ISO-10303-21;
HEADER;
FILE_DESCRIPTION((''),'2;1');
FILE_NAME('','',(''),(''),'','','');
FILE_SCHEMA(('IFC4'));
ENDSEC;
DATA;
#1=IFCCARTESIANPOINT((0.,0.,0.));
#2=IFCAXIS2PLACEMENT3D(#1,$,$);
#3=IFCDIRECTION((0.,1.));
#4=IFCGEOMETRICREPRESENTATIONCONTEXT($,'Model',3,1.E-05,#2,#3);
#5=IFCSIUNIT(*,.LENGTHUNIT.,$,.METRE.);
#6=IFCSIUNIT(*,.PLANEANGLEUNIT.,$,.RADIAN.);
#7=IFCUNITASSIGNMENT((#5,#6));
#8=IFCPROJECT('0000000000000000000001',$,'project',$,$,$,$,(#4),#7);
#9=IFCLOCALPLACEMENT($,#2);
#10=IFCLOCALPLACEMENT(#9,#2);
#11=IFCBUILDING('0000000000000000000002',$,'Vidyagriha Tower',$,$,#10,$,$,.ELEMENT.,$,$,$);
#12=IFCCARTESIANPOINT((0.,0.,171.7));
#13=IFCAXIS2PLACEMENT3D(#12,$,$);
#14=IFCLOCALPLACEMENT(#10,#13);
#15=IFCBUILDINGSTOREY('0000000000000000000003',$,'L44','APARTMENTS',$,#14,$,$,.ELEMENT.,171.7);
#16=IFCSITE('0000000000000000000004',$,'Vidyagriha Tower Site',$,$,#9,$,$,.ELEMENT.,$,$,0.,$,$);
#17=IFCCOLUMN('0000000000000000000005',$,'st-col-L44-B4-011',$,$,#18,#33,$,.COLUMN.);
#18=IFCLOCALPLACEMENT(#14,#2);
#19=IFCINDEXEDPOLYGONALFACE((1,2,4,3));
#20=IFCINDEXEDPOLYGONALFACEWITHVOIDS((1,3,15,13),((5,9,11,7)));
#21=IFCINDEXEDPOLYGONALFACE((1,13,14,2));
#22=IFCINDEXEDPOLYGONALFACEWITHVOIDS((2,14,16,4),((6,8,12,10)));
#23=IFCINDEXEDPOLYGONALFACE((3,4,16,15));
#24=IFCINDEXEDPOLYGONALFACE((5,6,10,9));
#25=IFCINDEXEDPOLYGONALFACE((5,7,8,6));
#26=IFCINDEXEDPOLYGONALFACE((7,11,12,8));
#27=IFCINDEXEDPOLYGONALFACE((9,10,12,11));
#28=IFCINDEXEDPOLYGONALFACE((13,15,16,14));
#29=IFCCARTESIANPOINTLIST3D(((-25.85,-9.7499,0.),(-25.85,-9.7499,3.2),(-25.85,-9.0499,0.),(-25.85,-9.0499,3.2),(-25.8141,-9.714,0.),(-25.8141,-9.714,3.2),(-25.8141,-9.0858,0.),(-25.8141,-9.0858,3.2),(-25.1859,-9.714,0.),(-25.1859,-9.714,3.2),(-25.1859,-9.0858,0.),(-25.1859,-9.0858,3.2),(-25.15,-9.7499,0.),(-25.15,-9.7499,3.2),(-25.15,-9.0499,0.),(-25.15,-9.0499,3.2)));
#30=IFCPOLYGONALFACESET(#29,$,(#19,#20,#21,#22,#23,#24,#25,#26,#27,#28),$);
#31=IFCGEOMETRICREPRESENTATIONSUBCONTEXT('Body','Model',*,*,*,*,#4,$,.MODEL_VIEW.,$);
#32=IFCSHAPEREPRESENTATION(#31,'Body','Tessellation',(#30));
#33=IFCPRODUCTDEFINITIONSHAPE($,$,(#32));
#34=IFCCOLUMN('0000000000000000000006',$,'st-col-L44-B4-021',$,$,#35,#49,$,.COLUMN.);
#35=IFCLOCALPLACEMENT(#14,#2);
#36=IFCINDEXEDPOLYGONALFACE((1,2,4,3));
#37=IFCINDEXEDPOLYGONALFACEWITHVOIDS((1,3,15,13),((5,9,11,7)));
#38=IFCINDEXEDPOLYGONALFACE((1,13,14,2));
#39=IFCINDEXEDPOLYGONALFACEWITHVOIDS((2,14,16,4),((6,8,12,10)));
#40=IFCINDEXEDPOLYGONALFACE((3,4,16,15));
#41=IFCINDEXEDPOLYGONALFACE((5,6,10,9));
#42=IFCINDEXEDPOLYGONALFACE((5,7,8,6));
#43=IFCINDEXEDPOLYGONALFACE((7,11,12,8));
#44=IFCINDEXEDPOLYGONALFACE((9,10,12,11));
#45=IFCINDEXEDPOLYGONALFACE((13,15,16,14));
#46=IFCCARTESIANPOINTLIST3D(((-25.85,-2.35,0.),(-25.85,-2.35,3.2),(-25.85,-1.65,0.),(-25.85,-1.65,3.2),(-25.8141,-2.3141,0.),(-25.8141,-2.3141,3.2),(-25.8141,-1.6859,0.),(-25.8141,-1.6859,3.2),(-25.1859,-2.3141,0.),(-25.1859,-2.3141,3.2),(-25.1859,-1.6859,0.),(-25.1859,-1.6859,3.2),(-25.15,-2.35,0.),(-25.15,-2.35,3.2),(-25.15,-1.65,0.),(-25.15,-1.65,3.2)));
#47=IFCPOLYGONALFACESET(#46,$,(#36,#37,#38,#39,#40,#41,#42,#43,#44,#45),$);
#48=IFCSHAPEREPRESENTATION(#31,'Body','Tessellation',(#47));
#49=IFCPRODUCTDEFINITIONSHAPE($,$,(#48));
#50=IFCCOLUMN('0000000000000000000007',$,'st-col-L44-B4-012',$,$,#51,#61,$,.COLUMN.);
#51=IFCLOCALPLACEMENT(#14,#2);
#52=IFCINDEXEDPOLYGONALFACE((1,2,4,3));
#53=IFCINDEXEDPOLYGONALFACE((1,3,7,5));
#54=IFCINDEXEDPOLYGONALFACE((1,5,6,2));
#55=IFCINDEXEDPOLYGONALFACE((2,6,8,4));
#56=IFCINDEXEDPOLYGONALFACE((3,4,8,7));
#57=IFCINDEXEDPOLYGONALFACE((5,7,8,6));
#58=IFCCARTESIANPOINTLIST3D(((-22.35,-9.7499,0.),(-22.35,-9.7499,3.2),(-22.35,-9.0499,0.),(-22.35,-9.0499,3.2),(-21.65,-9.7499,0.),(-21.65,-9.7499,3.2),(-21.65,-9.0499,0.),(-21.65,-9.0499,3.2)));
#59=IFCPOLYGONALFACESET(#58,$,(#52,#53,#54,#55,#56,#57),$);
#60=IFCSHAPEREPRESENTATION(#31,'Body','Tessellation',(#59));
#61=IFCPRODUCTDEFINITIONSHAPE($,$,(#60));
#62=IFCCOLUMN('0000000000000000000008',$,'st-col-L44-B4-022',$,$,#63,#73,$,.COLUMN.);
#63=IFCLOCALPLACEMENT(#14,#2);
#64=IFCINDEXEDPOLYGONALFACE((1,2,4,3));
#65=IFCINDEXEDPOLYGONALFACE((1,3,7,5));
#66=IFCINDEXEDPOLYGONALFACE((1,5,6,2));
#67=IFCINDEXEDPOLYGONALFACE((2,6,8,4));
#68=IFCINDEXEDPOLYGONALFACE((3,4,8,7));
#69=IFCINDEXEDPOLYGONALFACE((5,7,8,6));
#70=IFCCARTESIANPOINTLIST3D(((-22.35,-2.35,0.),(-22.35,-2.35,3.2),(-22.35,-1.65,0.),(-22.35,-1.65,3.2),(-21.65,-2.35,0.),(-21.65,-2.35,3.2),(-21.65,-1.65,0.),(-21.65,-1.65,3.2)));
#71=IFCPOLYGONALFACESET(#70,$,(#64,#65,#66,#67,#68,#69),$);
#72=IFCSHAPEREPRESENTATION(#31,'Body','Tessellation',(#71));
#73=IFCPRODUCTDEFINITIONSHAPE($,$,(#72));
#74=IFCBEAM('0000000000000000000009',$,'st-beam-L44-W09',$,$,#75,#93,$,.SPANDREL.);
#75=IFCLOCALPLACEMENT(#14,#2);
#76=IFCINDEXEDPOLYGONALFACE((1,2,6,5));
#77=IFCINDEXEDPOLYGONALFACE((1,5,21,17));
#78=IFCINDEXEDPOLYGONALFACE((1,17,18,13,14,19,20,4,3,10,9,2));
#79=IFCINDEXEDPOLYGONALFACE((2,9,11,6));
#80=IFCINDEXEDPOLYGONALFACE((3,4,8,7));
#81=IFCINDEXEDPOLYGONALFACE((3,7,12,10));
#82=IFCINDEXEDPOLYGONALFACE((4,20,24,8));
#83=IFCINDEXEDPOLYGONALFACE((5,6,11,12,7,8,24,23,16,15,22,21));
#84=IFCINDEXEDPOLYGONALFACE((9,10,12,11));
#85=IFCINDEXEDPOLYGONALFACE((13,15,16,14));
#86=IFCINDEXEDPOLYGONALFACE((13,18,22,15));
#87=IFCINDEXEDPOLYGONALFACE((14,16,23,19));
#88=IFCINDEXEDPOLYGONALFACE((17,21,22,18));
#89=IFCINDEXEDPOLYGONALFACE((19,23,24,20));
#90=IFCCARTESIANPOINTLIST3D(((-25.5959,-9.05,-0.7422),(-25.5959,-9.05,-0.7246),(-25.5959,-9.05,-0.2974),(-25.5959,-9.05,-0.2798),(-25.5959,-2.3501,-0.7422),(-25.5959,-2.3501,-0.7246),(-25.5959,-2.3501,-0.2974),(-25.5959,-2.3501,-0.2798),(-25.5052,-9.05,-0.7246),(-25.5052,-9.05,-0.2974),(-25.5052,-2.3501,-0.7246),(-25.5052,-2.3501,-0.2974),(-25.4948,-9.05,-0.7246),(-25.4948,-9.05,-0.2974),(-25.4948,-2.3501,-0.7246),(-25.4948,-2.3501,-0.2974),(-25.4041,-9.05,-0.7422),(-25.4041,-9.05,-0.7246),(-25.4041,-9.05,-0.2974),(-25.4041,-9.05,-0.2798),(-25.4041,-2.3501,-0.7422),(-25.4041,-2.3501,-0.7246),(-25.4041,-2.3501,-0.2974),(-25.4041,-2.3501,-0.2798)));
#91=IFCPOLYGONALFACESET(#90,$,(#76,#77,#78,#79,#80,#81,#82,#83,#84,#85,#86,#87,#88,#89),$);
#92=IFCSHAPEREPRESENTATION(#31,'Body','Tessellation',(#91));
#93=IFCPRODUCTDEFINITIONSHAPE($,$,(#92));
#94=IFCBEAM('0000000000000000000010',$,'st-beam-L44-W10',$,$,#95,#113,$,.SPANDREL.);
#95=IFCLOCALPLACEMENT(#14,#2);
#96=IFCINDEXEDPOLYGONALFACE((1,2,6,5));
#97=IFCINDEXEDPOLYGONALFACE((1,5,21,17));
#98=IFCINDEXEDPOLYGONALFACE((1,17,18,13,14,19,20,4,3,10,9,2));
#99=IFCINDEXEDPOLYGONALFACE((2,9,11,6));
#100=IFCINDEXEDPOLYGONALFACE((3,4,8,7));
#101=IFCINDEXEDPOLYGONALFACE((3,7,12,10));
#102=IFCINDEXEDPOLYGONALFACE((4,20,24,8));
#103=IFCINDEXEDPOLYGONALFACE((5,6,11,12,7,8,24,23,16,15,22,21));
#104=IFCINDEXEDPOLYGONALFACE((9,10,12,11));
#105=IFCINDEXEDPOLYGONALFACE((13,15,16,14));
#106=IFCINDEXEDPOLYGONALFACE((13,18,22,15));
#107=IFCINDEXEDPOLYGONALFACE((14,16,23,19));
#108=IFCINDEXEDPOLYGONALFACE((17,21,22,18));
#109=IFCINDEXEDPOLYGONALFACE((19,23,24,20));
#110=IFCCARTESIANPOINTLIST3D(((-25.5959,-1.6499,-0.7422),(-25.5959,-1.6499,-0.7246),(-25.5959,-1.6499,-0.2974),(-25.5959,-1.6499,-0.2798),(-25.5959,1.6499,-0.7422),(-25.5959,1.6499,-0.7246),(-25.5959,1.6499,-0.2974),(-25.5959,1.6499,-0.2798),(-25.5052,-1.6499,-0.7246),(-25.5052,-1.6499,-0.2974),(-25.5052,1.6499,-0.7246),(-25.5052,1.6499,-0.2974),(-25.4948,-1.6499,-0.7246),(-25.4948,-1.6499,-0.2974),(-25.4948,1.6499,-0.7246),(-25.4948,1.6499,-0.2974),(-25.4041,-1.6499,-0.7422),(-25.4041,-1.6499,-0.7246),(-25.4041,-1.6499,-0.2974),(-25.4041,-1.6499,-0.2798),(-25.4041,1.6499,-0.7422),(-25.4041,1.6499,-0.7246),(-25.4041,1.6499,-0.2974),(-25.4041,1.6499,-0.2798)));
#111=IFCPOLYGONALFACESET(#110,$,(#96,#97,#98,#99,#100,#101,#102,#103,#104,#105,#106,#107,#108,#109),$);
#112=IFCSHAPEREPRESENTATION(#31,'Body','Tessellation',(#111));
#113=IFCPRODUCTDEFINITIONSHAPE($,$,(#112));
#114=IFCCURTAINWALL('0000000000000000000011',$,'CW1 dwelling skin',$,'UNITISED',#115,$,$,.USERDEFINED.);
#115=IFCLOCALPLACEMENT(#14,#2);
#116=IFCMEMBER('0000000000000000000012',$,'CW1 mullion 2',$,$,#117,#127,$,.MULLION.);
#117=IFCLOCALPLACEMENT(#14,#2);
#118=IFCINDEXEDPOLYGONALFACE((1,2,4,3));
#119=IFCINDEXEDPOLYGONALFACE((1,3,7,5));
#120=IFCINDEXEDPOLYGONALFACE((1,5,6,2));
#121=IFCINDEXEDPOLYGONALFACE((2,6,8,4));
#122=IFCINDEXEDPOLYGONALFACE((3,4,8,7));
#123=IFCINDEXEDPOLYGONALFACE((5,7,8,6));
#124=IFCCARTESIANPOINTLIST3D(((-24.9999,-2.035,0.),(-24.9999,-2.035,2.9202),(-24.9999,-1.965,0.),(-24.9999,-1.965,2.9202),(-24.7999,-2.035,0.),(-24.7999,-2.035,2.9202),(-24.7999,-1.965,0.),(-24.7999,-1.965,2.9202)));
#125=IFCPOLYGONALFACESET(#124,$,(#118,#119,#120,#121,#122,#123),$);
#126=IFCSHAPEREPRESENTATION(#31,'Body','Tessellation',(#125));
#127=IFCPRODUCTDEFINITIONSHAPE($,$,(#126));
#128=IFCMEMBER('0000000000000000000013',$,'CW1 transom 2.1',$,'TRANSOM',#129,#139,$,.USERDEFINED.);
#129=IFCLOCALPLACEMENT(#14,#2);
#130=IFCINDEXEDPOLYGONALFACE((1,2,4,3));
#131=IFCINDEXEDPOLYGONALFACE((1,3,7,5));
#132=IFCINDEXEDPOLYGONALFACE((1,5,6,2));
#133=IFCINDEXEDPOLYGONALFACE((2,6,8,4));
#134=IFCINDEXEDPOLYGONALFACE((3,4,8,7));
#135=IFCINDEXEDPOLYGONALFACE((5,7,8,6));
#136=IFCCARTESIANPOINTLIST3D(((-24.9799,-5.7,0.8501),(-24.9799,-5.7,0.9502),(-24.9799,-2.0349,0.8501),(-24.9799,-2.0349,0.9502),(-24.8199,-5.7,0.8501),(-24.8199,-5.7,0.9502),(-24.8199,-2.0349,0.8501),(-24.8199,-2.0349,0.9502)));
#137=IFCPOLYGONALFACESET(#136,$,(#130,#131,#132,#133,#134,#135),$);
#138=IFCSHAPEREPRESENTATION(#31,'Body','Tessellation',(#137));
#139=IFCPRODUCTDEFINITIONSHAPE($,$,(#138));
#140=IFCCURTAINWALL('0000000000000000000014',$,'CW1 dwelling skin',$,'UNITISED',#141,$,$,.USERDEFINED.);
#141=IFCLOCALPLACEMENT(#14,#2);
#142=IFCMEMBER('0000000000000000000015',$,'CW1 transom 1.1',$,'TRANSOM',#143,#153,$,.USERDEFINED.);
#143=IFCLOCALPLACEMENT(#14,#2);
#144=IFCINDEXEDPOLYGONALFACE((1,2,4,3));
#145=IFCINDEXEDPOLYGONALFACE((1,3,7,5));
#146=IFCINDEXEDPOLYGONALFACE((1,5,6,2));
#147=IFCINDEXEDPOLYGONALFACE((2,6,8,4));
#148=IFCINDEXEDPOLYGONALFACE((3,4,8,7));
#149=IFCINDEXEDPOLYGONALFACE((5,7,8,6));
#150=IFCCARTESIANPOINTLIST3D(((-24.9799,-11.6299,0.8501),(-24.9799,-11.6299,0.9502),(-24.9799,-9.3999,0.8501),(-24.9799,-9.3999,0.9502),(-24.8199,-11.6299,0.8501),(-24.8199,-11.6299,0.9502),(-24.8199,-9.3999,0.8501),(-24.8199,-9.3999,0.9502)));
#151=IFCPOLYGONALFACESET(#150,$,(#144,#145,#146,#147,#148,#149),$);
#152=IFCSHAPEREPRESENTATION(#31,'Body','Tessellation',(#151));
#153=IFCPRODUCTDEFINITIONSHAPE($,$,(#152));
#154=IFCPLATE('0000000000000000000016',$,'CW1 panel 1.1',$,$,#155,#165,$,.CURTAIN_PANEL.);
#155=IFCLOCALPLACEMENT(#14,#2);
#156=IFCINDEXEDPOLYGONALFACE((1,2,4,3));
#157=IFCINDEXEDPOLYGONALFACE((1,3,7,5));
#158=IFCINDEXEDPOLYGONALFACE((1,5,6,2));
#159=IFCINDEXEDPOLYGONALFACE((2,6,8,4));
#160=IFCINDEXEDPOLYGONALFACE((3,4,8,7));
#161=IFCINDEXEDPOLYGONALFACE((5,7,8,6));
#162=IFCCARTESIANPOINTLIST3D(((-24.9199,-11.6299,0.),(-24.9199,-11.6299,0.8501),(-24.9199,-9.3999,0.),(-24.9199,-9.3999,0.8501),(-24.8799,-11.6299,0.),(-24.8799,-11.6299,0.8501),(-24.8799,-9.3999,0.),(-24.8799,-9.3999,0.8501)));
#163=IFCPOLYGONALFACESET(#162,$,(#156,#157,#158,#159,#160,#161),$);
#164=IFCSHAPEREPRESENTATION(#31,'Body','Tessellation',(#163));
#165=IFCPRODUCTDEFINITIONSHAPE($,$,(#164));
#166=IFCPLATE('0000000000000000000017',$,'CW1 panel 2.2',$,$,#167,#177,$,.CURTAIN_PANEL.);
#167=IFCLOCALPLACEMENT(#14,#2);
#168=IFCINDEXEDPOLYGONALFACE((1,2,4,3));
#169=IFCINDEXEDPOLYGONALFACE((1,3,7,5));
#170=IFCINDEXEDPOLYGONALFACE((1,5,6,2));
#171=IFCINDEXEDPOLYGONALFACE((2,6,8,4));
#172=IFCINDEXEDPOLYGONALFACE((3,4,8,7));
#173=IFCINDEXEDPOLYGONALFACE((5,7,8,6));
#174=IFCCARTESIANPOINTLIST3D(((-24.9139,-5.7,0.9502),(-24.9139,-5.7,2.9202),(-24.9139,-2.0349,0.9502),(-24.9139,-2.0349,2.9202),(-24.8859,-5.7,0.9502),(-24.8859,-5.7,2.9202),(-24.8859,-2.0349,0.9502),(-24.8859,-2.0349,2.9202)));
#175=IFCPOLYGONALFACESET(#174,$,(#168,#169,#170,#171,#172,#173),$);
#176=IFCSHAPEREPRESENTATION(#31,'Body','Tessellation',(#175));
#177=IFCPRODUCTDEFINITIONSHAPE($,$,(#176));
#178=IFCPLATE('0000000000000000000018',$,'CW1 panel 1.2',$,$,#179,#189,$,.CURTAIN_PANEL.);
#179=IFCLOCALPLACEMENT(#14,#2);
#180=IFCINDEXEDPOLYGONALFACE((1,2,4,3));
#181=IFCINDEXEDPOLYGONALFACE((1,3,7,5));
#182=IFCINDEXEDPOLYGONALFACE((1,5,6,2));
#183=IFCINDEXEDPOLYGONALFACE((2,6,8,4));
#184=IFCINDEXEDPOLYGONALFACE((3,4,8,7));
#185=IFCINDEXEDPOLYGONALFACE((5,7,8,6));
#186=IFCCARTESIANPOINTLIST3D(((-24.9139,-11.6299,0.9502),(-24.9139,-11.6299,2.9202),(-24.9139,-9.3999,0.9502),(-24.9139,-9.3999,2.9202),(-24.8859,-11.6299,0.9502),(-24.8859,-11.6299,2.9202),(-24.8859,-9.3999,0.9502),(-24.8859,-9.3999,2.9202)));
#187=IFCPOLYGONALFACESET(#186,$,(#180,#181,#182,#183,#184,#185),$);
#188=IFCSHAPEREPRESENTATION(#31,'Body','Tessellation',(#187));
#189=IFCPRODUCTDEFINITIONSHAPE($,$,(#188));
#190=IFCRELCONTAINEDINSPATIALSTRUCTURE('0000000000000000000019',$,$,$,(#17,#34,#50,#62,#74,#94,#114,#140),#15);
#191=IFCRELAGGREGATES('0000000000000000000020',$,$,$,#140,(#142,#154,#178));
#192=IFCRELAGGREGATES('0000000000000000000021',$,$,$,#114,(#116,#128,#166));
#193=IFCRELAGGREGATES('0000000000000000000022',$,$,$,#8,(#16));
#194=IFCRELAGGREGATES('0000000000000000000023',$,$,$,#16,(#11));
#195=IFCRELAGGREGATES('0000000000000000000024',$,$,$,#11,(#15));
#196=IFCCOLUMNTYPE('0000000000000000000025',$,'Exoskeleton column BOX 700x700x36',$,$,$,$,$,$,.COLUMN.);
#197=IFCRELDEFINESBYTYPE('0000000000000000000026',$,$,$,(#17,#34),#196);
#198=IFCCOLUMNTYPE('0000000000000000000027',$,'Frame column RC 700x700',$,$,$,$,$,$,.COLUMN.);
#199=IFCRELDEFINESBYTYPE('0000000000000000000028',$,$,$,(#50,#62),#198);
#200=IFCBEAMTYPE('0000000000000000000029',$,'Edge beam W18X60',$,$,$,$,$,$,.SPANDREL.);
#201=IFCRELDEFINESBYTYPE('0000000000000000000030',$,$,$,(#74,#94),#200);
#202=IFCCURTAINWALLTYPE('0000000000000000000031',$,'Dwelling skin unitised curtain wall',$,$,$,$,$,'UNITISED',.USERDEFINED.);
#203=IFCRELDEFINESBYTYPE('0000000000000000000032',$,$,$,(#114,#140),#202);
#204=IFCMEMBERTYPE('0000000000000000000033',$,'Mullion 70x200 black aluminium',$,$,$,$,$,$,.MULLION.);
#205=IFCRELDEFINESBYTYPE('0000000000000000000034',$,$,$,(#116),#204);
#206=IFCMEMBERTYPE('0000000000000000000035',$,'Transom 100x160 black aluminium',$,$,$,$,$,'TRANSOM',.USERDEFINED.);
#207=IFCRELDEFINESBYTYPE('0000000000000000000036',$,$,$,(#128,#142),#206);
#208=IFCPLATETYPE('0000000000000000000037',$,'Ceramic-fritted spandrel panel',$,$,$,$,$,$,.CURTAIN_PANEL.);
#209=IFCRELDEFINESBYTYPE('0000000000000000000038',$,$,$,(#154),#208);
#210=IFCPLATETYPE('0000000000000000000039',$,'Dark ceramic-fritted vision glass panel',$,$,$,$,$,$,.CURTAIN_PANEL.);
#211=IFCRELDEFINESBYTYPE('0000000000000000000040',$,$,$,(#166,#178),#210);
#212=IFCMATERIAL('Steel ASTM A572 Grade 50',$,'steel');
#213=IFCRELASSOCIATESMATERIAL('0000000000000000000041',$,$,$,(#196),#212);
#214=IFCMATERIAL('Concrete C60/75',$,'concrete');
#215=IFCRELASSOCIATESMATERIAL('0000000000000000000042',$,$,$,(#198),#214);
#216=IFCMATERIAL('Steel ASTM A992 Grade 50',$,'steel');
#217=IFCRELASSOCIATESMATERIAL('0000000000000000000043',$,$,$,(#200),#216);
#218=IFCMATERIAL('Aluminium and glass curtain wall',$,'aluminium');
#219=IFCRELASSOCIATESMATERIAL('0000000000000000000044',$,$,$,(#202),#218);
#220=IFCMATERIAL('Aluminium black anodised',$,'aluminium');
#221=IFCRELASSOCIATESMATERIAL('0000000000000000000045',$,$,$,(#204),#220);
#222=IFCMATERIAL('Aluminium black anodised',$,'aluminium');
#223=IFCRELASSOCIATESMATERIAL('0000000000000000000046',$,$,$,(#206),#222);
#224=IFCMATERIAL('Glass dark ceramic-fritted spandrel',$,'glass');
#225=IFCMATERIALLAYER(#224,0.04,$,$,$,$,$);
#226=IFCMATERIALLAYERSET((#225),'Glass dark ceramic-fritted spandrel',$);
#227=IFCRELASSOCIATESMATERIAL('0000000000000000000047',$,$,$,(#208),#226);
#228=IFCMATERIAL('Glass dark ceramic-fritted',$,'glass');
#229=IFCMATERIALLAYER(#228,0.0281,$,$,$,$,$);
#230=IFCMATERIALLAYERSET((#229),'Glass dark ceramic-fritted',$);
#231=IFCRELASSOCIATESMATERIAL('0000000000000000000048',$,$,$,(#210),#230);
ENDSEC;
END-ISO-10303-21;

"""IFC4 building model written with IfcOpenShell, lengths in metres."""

from ifc_helpers import new_model, si_unit, direction, frame, origin, origin_2d, place, context, subcontext, project, spatial, rectangle, hollow_rectangle, i_section, extrude, material, layer, layer_set, material_profile, profile_set, type_object, element, aggregate, save


model = new_model("IFC4")

# Units and contexts
model_context = context("Model", 3, precision=1e-05, world=origin(), true_north=direction((0.0, 1.0)))
body_context = subcontext(model_context, "Body", "Model", "MODEL_VIEW")
ifc_project = project(units=[si_unit("LENGTHUNIT", "METRE"), si_unit("PLANEANGLEUNIT", "RADIAN")], contexts=[model_context])

# Site, building, storey
site_placement = place(None, origin())
site = spatial("IfcSite", under=ifc_project, at=site_placement, Name="Vidyagriha Tower Site", CompositionType="ELEMENT", RefElevation=0.0)
building_placement = place(site_placement, origin())
building = spatial("IfcBuilding", under=site, at=building_placement, Name="Vidyagriha Tower", CompositionType="ELEMENT")
storey_placement = place(building_placement, frame((0.0, 0.0, 171.7)))
storey = spatial("IfcBuildingStorey", under=building, at=storey_placement, Name="L44", Description="APARTMENTS", CompositionType="ELEMENT", Elevation=171.7)

# Columns
ifc_material_1 = material(Name="Steel ASTM A572 Grade 50", Category="steel")
ifc_material_profile_1 = material_profile(ifc_material_1, hollow_rectangle(XDim=0.7, YDim=0.7, WallThickness=0.0359, at=origin_2d()), Name="BOX 700x700x36")
ifc_profile_set_1 = profile_set([ifc_material_profile_1], Name="Steel ASTM A572 Grade 50")
column_type_1 = type_object("IfcColumnType", Name="Exoskeleton column BOX 700x700x36", PredefinedType="COLUMN", material=ifc_profile_set_1)
for number, where, name in (
    (1, (-25.5, -9.3999, 0.0), "st-col-L44-B4-011"),
    (2, (-25.5, -2.0, 0.0), "st-col-L44-B4-021"),
):
    element("IfcColumn", number, at=place(storey_placement, frame(where)), inside=storey, type_object=column_type_1, Name=name, PredefinedType="COLUMN", context=body_context, shape_type="SweptSolid", body=[
        extrude(hollow_rectangle(XDim=0.7, YDim=0.7, WallThickness=0.0359, at=origin_2d()), origin(), (0.0, 0.0, 1.0), 3.2),
    ])
ifc_material_2 = material(Name="Concrete C60/75", Category="concrete")
ifc_material_profile_2 = material_profile(ifc_material_2, rectangle(XDim=0.7, YDim=0.7, at=origin_2d()), Name="RC 700x700")
ifc_profile_set_2 = profile_set([ifc_material_profile_2], Name="Concrete C60/75")
column_type_2 = type_object("IfcColumnType", Name="Frame column RC 700x700", PredefinedType="COLUMN", material=ifc_profile_set_2)
for number, where, name in (
    (3, (-22.0, -9.3999, 0.0), "st-col-L44-B4-012"),
    (4, (-22.0, -2.0, 0.0), "st-col-L44-B4-022"),
):
    element("IfcColumn", number, at=place(storey_placement, frame(where)), inside=storey, type_object=column_type_2, Name=name, PredefinedType="COLUMN", context=body_context, shape_type="SweptSolid", body=[
        extrude(rectangle(XDim=0.7, YDim=0.7, at=origin_2d()), origin(), (0.0, 0.0, 1.0), 3.2),
    ])

# Beams
ifc_material_3 = material(Name="Steel ASTM A992 Grade 50", Category="steel")
ifc_material_profile_3 = material_profile(ifc_material_3, i_section(OverallWidth=0.1919, OverallDepth=0.4624, WebThickness=0.0105, FlangeThickness=0.0176, at=origin_2d()), Name="W18X60")
ifc_profile_set_3 = profile_set([ifc_material_profile_3], Name="Steel ASTM A992 Grade 50")
beam_type = type_object("IfcBeamType", Name="Edge beam W18X60", PredefinedType="SPANDREL", material=ifc_profile_set_3)
beam_1_placement = place(storey_placement, frame((-25.5, -9.05, -0.511), z_axis=(0.0, 1.0, 0.0), x_axis=(-1.0, 0.0, 0.0)))
element("IfcBeam", 5, at=beam_1_placement, inside=storey, type_object=beam_type, Name="st-beam-L44-W09", PredefinedType="SPANDREL", context=body_context, shape_type="SweptSolid", body=[
    extrude(i_section(OverallWidth=0.1919, OverallDepth=0.4624, WebThickness=0.0105, FlangeThickness=0.0176, at=origin_2d()), origin(), (0.0, 0.0, 1.0), 6.7),
])
beam_2_placement = place(storey_placement, frame((-25.5, -1.6499, -0.511), z_axis=(0.0, 1.0, 0.0), x_axis=(-1.0, 0.0, 0.0)))
element("IfcBeam", 6, at=beam_2_placement, inside=storey, type_object=beam_type, Name="st-beam-L44-W10", PredefinedType="SPANDREL", context=body_context, shape_type="SweptSolid", body=[
    extrude(i_section(OverallWidth=0.1919, OverallDepth=0.4624, WebThickness=0.0105, FlangeThickness=0.0176, at=origin_2d()), origin(), (0.0, 0.0, 1.0), 3.2998),
])

# Curtain wall, members
ifc_material_4 = material(Name="Aluminium and glass curtain wall", Category="aluminium")
curtain_wall_type = type_object("IfcCurtainWallType", Name="Dwelling skin unitised curtain wall", ElementType="UNITISED", PredefinedType="USERDEFINED", material=ifc_material_4)
curtain_wall_1_placement = place(storey_placement, origin())
curtain_wall_1 = element("IfcCurtainWall", 7, at=curtain_wall_1_placement, inside=storey, type_object=curtain_wall_type, Name="CW1 dwelling skin", ObjectType="UNITISED", PredefinedType="USERDEFINED")
ifc_material_5 = material(Name="Aluminium black anodised", Category="aluminium")
ifc_material_profile_4 = material_profile(ifc_material_5, rectangle(XDim=0.2, YDim=0.0701, at=origin_2d()), Name="Mullion 70x200 black aluminium")
ifc_profile_set_4 = profile_set([ifc_material_profile_4], Name="Aluminium black anodised")
member_type_1 = type_object("IfcMemberType", Name="Mullion 70x200 black aluminium", PredefinedType="MULLION", material=ifc_profile_set_4)
member_1_placement = place(storey_placement, frame((-24.8999, -2.0, 0.0)))
member_1 = element("IfcMember", 8, at=member_1_placement, type_object=member_type_1, Name="CW1 mullion 2", PredefinedType="MULLION", context=body_context, shape_type="SweptSolid", body=[
    extrude(rectangle(XDim=0.2, YDim=0.0701, at=origin_2d()), origin(), (0.0, 0.0, 1.0), 2.9202),
])
ifc_material_6 = material(Name="Aluminium black anodised", Category="aluminium")
ifc_material_profile_5 = material_profile(ifc_material_6, rectangle(XDim=0.1599, YDim=0.1001, at=origin_2d()), Name="Transom 100x160 black aluminium")
ifc_profile_set_5 = profile_set([ifc_material_profile_5], Name="Aluminium black anodised")
member_type_2 = type_object("IfcMemberType", Name="Transom 100x160 black aluminium", ElementType="TRANSOM", PredefinedType="USERDEFINED", material=ifc_profile_set_5)
member_2_placement = place(storey_placement, frame((-24.8999, -2.0349, 0.9001), z_axis=(0.0, -1.0, 0.0), x_axis=(1.0, 0.0, 0.0)))
member_2 = element("IfcMember", 9, at=member_2_placement, type_object=member_type_2, Name="CW1 transom 2.1", ObjectType="TRANSOM", PredefinedType="USERDEFINED", context=body_context, shape_type="SweptSolid", body=[
    extrude(rectangle(XDim=0.1599, YDim=0.1001, at=origin_2d()), origin(), (0.0, 0.0, 1.0), 3.665),
])

# Curtain wall, member, plate
curtain_wall_2_placement = place(storey_placement, origin())
curtain_wall_2 = element("IfcCurtainWall", 10, at=curtain_wall_2_placement, inside=storey, type_object=curtain_wall_type, Name="CW1 dwelling skin", ObjectType="UNITISED", PredefinedType="USERDEFINED")
member_3_placement = place(storey_placement, frame((-24.8999, -9.3999, 0.9001), z_axis=(0.0, -1.0, 0.0), x_axis=(1.0, 0.0, 0.0)))
member_3 = element("IfcMember", 11, at=member_3_placement, type_object=member_type_2, Name="CW1 transom 1.1", ObjectType="TRANSOM", PredefinedType="USERDEFINED", context=body_context, shape_type="SweptSolid", body=[
    extrude(rectangle(XDim=0.1599, YDim=0.1001, at=origin_2d()), origin(), (0.0, 0.0, 1.0), 2.23),
])
ifc_material_7 = material(Name="Glass dark ceramic-fritted spandrel", Category="glass")
ifc_layer_1 = layer(ifc_material_7, 0.04)
ifc_layer_set_1 = layer_set([ifc_layer_1], Name="Glass dark ceramic-fritted spandrel")
plate_type_1 = type_object("IfcPlateType", Name="Ceramic-fritted spandrel panel", PredefinedType="CURTAIN_PANEL", material=ifc_layer_set_1)
plate_1_placement = place(storey_placement, frame((-24.8999, -10.5149, 0.0), z_axis=(0.0, 0.0, 1.0), x_axis=(0.0, -1.0, 0.0)))
plate_1 = element("IfcPlate", 12, at=plate_1_placement, type_object=plate_type_1, Name="CW1 panel 1.1", PredefinedType="CURTAIN_PANEL", context=body_context, shape_type="SweptSolid", body=[
    extrude(rectangle(XDim=2.23, YDim=0.04, at=origin_2d()), origin(), (0.0, 0.0, 1.0), 0.8501),
])

# Plates
ifc_material_8 = material(Name="Glass dark ceramic-fritted", Category="glass")
ifc_layer_2 = layer(ifc_material_8, 0.0281)
ifc_layer_set_2 = layer_set([ifc_layer_2], Name="Glass dark ceramic-fritted")
plate_type_2 = type_object("IfcPlateType", Name="Dark ceramic-fritted vision glass panel", PredefinedType="CURTAIN_PANEL", material=ifc_layer_set_2)
plate_2_placement = place(storey_placement, frame((-24.8999, -3.8674, 0.9502), z_axis=(0.0, 0.0, 1.0), x_axis=(0.0, -1.0, 0.0)))
plate_2 = element("IfcPlate", 13, at=plate_2_placement, type_object=plate_type_2, Name="CW1 panel 2.2", PredefinedType="CURTAIN_PANEL", context=body_context, shape_type="SweptSolid", body=[
    extrude(rectangle(XDim=3.665, YDim=0.0281, at=origin_2d()), origin(), (0.0, 0.0, 1.0), 1.97),
])
plate_3_placement = place(storey_placement, frame((-24.8999, -10.5149, 0.9502), z_axis=(0.0, 0.0, 1.0), x_axis=(0.0, -1.0, 0.0)))
plate_3 = element("IfcPlate", 14, at=plate_3_placement, type_object=plate_type_2, Name="CW1 panel 1.2", PredefinedType="CURTAIN_PANEL", context=body_context, shape_type="SweptSolid", body=[
    extrude(rectangle(XDim=2.23, YDim=0.0281, at=origin_2d()), origin(), (0.0, 0.0, 1.0), 1.97),
])
aggregate(curtain_wall_2, [member_3, plate_1, plate_3])
aggregate(curtain_wall_1, [member_1, member_2, plate_2])

save(model, "model.ifc")
